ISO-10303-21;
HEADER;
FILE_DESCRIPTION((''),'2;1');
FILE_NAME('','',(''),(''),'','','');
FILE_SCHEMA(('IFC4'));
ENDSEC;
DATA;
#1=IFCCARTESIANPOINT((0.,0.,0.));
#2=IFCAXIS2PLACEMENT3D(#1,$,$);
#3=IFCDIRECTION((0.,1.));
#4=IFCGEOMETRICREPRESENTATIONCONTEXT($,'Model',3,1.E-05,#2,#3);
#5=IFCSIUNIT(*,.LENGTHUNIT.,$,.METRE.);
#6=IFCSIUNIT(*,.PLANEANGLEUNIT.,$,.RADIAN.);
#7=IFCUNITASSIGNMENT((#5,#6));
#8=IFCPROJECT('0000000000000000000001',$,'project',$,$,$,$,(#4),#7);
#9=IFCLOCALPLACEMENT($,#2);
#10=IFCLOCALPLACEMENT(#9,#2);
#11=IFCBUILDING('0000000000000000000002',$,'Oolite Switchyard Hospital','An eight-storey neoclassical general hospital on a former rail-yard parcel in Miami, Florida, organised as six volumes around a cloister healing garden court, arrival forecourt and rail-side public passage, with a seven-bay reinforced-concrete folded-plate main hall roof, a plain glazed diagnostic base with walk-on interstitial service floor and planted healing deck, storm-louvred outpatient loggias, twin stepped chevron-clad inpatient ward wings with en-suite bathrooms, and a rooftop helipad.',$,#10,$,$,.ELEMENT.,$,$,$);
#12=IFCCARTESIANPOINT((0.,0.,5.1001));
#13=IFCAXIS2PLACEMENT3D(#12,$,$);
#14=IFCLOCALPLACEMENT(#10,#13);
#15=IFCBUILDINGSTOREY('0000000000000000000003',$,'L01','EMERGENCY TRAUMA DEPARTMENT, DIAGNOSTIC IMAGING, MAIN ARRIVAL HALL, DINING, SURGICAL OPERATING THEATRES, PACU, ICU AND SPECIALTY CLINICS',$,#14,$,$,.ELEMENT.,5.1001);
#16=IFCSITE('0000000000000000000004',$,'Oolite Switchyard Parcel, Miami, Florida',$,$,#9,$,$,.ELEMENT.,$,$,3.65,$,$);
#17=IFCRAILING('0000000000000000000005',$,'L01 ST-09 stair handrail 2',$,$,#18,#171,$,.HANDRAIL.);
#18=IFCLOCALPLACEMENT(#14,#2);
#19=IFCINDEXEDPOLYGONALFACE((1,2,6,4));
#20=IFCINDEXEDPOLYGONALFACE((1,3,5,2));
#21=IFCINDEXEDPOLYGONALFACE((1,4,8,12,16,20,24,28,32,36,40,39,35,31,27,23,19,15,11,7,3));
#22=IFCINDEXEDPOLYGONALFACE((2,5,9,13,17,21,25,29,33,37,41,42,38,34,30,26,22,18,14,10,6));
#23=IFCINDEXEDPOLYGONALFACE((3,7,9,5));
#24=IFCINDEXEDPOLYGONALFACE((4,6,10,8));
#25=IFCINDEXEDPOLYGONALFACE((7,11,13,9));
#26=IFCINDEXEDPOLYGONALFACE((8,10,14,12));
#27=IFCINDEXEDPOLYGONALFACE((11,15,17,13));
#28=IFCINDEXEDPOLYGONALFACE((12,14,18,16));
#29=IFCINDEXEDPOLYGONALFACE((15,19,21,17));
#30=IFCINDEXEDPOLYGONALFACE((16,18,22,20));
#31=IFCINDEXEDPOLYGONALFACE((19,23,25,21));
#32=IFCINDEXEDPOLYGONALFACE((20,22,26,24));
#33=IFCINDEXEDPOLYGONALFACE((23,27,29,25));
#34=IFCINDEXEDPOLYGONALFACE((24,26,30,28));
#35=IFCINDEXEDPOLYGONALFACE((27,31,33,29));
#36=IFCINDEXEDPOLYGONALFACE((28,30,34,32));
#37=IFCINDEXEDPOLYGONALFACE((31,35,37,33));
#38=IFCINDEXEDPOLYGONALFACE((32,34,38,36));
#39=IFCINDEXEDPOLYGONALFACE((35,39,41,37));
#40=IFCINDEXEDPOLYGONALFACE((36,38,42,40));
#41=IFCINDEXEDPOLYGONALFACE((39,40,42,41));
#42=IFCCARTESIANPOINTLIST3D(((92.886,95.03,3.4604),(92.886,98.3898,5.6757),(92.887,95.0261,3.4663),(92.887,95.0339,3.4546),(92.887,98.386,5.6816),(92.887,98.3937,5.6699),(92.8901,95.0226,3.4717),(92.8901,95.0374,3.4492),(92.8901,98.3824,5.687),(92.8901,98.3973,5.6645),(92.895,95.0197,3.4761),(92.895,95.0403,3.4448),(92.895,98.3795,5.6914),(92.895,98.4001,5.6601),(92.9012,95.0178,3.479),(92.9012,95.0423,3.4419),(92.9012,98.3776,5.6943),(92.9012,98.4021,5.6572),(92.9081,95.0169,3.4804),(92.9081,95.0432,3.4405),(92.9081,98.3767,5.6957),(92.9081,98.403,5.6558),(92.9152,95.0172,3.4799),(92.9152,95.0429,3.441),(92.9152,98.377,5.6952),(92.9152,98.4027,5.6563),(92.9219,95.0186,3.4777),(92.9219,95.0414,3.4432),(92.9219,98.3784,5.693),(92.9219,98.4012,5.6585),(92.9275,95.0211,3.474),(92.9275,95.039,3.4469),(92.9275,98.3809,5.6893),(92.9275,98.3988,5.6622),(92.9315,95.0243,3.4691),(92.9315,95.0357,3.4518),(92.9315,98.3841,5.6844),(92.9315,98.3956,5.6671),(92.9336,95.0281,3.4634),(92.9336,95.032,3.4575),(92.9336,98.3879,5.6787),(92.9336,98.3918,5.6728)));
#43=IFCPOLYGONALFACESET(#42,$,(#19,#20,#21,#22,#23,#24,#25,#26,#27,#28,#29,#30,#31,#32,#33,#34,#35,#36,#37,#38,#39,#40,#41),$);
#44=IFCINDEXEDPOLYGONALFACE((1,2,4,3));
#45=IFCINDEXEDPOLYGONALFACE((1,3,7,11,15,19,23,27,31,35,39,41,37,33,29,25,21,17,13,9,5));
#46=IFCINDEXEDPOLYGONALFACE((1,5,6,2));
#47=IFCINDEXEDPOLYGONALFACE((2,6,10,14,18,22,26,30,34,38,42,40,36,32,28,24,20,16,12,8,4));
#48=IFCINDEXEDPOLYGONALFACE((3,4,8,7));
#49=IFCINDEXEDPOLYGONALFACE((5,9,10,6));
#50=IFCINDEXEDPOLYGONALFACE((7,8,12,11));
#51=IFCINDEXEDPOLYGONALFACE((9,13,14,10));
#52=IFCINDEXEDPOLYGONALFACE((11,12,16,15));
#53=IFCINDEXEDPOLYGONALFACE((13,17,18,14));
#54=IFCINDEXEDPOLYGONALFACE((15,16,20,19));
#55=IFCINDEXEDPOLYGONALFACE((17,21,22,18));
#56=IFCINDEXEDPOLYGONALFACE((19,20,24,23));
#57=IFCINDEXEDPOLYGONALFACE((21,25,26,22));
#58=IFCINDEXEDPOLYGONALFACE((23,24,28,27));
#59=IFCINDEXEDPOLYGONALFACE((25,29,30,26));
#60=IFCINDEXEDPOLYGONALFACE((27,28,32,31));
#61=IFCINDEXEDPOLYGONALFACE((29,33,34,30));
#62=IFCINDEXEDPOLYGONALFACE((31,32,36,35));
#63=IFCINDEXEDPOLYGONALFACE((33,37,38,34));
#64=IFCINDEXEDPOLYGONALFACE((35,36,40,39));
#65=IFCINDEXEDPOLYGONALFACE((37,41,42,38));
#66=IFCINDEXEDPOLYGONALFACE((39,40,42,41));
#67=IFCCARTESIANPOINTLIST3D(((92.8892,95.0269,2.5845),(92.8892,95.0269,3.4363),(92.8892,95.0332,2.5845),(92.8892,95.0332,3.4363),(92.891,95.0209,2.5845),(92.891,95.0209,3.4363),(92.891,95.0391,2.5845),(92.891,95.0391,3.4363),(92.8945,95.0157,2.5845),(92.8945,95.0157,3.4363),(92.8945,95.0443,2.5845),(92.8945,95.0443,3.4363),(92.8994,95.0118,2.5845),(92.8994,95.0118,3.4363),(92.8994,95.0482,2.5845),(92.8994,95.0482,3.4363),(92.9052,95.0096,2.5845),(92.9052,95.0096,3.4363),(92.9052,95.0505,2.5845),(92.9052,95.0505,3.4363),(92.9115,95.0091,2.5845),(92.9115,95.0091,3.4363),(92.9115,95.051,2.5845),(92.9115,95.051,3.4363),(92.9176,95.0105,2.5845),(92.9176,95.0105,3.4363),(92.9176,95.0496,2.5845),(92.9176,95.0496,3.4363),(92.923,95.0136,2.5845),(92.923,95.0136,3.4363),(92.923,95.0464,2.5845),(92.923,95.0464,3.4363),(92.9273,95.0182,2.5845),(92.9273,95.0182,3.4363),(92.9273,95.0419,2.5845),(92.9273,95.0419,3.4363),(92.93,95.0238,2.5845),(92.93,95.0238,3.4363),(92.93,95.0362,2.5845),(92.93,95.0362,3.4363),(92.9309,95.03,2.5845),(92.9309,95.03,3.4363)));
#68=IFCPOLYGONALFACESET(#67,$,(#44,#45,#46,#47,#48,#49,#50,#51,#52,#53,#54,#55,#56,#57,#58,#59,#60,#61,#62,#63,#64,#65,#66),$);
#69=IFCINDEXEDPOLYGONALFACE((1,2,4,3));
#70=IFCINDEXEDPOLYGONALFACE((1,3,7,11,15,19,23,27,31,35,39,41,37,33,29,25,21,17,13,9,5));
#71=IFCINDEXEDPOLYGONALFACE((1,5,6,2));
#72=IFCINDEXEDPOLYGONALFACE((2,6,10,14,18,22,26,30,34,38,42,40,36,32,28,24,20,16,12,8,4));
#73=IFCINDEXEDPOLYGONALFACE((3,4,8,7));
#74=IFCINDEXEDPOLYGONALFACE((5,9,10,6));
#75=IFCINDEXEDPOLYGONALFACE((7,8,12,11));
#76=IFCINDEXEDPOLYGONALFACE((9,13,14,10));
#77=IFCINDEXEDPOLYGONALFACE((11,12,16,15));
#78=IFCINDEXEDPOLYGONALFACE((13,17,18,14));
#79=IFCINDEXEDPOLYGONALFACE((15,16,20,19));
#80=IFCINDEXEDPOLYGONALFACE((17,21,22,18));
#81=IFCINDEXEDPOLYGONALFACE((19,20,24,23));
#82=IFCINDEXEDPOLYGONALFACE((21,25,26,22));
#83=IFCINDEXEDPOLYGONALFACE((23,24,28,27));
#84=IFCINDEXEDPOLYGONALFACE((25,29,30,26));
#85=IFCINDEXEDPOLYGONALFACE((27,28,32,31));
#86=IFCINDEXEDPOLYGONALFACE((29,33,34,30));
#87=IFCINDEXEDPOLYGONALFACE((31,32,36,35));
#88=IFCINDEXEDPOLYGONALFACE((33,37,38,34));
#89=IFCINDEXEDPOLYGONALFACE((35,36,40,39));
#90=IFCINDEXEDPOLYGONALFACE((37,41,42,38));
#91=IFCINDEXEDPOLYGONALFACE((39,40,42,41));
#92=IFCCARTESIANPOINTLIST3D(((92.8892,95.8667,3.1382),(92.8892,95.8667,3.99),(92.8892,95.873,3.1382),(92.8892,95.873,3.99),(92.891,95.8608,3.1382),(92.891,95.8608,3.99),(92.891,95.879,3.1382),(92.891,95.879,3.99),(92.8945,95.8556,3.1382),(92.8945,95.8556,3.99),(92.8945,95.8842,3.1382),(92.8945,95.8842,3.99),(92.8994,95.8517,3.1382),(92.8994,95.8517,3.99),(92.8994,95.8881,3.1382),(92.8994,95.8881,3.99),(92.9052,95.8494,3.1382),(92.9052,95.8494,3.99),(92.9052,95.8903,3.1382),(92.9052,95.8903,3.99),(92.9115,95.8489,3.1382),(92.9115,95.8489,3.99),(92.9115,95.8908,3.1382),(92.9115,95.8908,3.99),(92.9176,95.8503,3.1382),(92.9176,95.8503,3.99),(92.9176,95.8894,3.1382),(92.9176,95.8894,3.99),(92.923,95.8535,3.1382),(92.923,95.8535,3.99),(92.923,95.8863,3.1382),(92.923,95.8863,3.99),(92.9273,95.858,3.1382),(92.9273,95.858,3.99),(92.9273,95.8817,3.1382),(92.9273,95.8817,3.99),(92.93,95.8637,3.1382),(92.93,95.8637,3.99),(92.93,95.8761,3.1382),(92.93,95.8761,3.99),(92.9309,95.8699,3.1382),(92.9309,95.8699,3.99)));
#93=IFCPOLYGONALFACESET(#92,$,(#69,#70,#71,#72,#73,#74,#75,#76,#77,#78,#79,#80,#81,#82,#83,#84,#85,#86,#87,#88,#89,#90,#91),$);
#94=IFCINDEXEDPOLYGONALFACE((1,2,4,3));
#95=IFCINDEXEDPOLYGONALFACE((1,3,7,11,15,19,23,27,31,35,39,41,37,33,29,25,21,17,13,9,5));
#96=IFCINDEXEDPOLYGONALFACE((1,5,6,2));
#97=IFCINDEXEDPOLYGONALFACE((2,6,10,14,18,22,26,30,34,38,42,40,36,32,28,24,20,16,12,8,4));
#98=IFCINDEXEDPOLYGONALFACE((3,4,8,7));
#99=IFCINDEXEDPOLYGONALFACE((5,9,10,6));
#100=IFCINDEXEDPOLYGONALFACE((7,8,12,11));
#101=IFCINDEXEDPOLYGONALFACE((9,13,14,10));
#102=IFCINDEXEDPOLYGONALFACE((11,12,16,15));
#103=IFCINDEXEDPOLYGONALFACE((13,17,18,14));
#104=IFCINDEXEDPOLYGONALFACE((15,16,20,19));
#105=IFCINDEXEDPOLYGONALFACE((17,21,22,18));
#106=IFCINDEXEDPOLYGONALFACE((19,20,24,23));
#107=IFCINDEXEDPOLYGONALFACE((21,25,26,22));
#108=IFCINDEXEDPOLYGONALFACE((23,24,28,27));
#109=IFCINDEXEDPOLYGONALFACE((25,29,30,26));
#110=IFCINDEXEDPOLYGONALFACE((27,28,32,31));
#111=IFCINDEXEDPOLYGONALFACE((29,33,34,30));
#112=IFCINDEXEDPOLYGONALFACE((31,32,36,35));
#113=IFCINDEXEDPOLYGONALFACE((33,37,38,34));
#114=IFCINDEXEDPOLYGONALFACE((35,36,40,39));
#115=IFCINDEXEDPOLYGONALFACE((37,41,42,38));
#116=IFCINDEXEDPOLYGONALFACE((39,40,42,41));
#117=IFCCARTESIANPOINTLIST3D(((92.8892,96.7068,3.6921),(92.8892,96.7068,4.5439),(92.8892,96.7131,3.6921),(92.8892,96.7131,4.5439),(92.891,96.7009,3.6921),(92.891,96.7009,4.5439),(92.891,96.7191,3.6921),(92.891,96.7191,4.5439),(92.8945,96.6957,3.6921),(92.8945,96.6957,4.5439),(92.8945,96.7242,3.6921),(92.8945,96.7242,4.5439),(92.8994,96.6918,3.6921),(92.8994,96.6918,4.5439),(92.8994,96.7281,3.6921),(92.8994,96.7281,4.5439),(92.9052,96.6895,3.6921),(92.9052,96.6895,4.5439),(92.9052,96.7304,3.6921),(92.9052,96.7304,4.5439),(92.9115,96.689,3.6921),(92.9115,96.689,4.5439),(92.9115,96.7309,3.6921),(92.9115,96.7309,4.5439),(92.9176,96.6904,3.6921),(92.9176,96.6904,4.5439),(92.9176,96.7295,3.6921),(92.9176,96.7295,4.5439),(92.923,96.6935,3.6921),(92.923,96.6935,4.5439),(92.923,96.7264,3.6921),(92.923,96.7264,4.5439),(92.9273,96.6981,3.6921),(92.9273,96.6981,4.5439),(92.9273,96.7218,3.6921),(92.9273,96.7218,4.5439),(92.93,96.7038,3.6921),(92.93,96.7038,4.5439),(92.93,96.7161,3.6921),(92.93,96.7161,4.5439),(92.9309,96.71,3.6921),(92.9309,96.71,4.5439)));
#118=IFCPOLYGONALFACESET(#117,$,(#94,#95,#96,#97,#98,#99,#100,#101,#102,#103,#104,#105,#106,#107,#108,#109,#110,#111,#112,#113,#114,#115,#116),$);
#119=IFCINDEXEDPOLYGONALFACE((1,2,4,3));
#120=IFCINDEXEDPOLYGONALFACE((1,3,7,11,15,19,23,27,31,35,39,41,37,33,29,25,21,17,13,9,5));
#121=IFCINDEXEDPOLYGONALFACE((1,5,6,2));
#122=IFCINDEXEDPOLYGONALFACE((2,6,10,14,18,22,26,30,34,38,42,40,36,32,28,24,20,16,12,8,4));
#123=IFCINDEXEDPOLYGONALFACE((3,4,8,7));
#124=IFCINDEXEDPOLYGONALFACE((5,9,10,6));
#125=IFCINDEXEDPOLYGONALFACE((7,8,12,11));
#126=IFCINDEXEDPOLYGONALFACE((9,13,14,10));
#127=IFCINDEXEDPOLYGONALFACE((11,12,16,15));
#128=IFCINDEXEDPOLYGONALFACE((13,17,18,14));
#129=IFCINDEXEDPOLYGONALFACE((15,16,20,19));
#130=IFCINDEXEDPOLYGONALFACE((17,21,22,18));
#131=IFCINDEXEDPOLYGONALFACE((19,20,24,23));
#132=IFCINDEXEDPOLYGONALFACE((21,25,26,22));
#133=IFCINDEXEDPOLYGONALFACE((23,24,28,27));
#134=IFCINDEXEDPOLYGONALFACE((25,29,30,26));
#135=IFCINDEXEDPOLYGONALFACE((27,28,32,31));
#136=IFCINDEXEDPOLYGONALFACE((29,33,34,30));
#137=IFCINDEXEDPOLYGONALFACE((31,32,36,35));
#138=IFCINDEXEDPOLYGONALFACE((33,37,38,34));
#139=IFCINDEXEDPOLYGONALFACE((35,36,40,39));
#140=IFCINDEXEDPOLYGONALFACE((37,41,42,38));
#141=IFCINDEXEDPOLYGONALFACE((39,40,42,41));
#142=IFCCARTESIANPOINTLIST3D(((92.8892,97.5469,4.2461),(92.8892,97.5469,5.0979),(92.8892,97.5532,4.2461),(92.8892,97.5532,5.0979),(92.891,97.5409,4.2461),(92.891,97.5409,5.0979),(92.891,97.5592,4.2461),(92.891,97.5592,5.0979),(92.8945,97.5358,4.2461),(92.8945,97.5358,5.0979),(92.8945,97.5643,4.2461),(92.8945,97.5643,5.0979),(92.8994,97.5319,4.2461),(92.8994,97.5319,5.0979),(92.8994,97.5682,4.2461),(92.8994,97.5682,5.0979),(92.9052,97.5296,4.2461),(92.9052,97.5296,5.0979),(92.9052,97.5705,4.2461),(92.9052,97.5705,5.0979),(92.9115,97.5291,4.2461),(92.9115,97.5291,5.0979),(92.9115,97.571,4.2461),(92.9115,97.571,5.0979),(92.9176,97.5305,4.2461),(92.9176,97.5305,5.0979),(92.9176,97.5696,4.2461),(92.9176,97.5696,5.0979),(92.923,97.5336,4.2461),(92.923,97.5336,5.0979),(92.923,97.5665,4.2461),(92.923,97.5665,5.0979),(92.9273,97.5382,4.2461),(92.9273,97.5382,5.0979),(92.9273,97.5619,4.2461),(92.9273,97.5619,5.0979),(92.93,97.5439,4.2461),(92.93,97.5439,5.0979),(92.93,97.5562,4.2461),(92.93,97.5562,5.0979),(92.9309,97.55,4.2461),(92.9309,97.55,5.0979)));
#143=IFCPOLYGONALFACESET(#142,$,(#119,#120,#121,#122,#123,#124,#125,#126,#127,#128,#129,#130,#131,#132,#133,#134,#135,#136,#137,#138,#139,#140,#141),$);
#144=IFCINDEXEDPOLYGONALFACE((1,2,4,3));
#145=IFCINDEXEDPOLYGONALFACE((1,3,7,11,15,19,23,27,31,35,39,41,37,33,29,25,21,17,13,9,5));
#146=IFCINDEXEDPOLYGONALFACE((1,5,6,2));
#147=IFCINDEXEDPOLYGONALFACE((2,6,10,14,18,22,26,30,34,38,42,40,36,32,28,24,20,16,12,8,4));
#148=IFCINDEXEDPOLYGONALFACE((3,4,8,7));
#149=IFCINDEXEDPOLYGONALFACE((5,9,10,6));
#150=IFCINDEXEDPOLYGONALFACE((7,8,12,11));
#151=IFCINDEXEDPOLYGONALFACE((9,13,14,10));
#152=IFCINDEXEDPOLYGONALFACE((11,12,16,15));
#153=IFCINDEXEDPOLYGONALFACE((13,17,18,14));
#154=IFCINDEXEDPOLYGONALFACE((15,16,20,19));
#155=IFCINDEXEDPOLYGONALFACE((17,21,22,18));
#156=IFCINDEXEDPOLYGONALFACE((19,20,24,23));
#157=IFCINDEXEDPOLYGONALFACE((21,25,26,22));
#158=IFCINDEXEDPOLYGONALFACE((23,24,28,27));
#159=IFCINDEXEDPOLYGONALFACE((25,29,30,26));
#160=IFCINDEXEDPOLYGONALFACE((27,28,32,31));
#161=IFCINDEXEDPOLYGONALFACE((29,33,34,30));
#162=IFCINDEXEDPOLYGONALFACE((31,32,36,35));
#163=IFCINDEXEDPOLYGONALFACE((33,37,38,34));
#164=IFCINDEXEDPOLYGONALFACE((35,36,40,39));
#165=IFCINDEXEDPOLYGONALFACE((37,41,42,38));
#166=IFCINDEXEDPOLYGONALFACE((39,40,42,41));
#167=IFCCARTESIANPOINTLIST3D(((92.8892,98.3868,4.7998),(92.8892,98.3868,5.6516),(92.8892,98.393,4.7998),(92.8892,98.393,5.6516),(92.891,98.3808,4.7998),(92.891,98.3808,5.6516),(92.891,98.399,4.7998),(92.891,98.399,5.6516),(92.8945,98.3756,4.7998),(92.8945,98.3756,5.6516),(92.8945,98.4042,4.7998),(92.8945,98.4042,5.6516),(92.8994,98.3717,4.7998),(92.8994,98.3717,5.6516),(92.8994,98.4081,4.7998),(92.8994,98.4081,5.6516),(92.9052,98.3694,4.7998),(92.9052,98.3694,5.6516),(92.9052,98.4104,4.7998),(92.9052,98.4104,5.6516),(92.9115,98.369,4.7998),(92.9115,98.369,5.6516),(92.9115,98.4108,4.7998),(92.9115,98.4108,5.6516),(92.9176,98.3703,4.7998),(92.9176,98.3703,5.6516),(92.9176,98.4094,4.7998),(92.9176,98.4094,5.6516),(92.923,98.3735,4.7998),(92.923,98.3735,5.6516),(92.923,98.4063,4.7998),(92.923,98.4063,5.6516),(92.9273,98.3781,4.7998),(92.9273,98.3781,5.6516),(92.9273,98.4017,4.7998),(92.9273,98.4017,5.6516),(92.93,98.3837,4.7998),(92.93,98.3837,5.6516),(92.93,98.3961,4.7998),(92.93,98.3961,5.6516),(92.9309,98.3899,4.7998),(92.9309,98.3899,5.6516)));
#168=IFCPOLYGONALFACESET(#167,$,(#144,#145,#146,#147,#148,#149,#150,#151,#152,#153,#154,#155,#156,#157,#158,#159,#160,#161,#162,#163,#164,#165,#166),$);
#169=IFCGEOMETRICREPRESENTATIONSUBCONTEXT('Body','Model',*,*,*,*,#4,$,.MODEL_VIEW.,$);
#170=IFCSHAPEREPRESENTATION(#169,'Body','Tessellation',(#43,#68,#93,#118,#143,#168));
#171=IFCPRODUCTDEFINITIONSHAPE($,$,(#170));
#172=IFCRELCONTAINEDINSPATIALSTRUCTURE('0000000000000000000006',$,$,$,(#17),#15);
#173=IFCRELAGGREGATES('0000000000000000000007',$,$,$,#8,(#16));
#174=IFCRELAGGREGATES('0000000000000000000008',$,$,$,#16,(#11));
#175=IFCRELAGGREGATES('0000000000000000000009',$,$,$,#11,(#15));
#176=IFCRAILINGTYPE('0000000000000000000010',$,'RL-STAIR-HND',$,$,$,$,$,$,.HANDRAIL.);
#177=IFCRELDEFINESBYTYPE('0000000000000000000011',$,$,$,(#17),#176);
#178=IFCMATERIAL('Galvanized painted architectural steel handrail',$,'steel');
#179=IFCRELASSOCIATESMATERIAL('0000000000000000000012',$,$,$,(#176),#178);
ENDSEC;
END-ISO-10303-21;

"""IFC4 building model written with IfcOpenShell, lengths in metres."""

from ifc_helpers import new_model, si_unit, direction, frame, origin, origin_2d, place, context, subcontext, project, spatial, circle, extrude, material, type_object, element, save


model = new_model("IFC4")

# Units and contexts
model_context = context("Model", 3, precision=1e-05, world=origin(), true_north=direction((0.0, 1.0)))
body_context = subcontext(model_context, "Body", "Model", "MODEL_VIEW")
ifc_project = project(units=[si_unit("LENGTHUNIT", "METRE"), si_unit("PLANEANGLEUNIT", "RADIAN")], contexts=[model_context])

# Site, building, storey
site_placement = place(None, origin())
site = spatial("IfcSite", under=ifc_project, at=site_placement, Name="Oolite Switchyard Parcel, Miami, Florida", CompositionType="ELEMENT", RefElevation=3.65)
building_placement = place(site_placement, origin())
building = spatial("IfcBuilding", under=site, at=building_placement, Name="Oolite Switchyard Hospital", Description="An eight-storey neoclassical general hospital on a former rail-yard parcel in Miami, Florida, organised as six volumes around a cloister healing garden court, arrival forecourt and rail-side public passage, with a seven-bay reinforced-concrete folded-plate main hall roof, a plain glazed diagnostic base with walk-on interstitial service floor and planted healing deck, storm-louvred outpatient loggias, twin stepped chevron-clad inpatient ward wings with en-suite bathrooms, and a rooftop helipad.", CompositionType="ELEMENT")
storey_placement = place(building_placement, frame((0.0, 0.0, 5.1001)))
storey = spatial("IfcBuildingStorey", under=building, at=storey_placement, Name="L01", Description="EMERGENCY TRAUMA DEPARTMENT, DIAGNOSTIC IMAGING, MAIN ARRIVAL HALL, DINING, SURGICAL OPERATING THEATRES, PACU, ICU AND SPECIALTY CLINICS", CompositionType="ELEMENT", Elevation=5.1001)

# Railing
ifc_material_1 = material(Name="Galvanized painted architectural steel handrail", Category="steel")
railing_type_1 = type_object("IfcRailingType", Name="RL-STAIR-HND", PredefinedType="HANDRAIL", material=ifc_material_1)
railing_1_placement = place(storey_placement, frame((92.9099, 95.03, 2.5845)))
element("IfcRailing", 1, at=railing_1_placement, inside=storey, type_object=railing_type_1, Name="L01 ST-09 stair handrail 2", PredefinedType="HANDRAIL", context=body_context, shape_type="SweptSolid", body=[
    extrude(circle(Radius=0.0239, at=origin_2d()), frame((0.0, 0.0, 0.876), z_axis=(0.0, 0.834858, 0.550465), x_axis=(-1.0, 0.0, 0.0)), (0.0, 0.0, 1.0), 4.0244),
    extrude(circle(Radius=0.021, at=origin_2d()), origin(), (0.0, 0.0, 1.0), 0.8518),
    extrude(circle(Radius=0.021, at=origin_2d()), frame((0.0, 0.8398, 0.5537)), (0.0, 0.0, 1.0), 0.8518),
    extrude(circle(Radius=0.021, at=origin_2d()), frame((0.0, 1.6799, 1.1077)), (0.0, 0.0, 1.0), 0.8518),
    extrude(circle(Radius=0.021, at=origin_2d()), frame((0.0, 2.52, 1.6616)), (0.0, 0.0, 1.0), 0.8518),
    extrude(circle(Radius=0.021, at=origin_2d()), frame((0.0, 3.3599, 2.2153)), (0.0, 0.0, 1.0), 0.8518),
])

save(model, "model.ifc")
